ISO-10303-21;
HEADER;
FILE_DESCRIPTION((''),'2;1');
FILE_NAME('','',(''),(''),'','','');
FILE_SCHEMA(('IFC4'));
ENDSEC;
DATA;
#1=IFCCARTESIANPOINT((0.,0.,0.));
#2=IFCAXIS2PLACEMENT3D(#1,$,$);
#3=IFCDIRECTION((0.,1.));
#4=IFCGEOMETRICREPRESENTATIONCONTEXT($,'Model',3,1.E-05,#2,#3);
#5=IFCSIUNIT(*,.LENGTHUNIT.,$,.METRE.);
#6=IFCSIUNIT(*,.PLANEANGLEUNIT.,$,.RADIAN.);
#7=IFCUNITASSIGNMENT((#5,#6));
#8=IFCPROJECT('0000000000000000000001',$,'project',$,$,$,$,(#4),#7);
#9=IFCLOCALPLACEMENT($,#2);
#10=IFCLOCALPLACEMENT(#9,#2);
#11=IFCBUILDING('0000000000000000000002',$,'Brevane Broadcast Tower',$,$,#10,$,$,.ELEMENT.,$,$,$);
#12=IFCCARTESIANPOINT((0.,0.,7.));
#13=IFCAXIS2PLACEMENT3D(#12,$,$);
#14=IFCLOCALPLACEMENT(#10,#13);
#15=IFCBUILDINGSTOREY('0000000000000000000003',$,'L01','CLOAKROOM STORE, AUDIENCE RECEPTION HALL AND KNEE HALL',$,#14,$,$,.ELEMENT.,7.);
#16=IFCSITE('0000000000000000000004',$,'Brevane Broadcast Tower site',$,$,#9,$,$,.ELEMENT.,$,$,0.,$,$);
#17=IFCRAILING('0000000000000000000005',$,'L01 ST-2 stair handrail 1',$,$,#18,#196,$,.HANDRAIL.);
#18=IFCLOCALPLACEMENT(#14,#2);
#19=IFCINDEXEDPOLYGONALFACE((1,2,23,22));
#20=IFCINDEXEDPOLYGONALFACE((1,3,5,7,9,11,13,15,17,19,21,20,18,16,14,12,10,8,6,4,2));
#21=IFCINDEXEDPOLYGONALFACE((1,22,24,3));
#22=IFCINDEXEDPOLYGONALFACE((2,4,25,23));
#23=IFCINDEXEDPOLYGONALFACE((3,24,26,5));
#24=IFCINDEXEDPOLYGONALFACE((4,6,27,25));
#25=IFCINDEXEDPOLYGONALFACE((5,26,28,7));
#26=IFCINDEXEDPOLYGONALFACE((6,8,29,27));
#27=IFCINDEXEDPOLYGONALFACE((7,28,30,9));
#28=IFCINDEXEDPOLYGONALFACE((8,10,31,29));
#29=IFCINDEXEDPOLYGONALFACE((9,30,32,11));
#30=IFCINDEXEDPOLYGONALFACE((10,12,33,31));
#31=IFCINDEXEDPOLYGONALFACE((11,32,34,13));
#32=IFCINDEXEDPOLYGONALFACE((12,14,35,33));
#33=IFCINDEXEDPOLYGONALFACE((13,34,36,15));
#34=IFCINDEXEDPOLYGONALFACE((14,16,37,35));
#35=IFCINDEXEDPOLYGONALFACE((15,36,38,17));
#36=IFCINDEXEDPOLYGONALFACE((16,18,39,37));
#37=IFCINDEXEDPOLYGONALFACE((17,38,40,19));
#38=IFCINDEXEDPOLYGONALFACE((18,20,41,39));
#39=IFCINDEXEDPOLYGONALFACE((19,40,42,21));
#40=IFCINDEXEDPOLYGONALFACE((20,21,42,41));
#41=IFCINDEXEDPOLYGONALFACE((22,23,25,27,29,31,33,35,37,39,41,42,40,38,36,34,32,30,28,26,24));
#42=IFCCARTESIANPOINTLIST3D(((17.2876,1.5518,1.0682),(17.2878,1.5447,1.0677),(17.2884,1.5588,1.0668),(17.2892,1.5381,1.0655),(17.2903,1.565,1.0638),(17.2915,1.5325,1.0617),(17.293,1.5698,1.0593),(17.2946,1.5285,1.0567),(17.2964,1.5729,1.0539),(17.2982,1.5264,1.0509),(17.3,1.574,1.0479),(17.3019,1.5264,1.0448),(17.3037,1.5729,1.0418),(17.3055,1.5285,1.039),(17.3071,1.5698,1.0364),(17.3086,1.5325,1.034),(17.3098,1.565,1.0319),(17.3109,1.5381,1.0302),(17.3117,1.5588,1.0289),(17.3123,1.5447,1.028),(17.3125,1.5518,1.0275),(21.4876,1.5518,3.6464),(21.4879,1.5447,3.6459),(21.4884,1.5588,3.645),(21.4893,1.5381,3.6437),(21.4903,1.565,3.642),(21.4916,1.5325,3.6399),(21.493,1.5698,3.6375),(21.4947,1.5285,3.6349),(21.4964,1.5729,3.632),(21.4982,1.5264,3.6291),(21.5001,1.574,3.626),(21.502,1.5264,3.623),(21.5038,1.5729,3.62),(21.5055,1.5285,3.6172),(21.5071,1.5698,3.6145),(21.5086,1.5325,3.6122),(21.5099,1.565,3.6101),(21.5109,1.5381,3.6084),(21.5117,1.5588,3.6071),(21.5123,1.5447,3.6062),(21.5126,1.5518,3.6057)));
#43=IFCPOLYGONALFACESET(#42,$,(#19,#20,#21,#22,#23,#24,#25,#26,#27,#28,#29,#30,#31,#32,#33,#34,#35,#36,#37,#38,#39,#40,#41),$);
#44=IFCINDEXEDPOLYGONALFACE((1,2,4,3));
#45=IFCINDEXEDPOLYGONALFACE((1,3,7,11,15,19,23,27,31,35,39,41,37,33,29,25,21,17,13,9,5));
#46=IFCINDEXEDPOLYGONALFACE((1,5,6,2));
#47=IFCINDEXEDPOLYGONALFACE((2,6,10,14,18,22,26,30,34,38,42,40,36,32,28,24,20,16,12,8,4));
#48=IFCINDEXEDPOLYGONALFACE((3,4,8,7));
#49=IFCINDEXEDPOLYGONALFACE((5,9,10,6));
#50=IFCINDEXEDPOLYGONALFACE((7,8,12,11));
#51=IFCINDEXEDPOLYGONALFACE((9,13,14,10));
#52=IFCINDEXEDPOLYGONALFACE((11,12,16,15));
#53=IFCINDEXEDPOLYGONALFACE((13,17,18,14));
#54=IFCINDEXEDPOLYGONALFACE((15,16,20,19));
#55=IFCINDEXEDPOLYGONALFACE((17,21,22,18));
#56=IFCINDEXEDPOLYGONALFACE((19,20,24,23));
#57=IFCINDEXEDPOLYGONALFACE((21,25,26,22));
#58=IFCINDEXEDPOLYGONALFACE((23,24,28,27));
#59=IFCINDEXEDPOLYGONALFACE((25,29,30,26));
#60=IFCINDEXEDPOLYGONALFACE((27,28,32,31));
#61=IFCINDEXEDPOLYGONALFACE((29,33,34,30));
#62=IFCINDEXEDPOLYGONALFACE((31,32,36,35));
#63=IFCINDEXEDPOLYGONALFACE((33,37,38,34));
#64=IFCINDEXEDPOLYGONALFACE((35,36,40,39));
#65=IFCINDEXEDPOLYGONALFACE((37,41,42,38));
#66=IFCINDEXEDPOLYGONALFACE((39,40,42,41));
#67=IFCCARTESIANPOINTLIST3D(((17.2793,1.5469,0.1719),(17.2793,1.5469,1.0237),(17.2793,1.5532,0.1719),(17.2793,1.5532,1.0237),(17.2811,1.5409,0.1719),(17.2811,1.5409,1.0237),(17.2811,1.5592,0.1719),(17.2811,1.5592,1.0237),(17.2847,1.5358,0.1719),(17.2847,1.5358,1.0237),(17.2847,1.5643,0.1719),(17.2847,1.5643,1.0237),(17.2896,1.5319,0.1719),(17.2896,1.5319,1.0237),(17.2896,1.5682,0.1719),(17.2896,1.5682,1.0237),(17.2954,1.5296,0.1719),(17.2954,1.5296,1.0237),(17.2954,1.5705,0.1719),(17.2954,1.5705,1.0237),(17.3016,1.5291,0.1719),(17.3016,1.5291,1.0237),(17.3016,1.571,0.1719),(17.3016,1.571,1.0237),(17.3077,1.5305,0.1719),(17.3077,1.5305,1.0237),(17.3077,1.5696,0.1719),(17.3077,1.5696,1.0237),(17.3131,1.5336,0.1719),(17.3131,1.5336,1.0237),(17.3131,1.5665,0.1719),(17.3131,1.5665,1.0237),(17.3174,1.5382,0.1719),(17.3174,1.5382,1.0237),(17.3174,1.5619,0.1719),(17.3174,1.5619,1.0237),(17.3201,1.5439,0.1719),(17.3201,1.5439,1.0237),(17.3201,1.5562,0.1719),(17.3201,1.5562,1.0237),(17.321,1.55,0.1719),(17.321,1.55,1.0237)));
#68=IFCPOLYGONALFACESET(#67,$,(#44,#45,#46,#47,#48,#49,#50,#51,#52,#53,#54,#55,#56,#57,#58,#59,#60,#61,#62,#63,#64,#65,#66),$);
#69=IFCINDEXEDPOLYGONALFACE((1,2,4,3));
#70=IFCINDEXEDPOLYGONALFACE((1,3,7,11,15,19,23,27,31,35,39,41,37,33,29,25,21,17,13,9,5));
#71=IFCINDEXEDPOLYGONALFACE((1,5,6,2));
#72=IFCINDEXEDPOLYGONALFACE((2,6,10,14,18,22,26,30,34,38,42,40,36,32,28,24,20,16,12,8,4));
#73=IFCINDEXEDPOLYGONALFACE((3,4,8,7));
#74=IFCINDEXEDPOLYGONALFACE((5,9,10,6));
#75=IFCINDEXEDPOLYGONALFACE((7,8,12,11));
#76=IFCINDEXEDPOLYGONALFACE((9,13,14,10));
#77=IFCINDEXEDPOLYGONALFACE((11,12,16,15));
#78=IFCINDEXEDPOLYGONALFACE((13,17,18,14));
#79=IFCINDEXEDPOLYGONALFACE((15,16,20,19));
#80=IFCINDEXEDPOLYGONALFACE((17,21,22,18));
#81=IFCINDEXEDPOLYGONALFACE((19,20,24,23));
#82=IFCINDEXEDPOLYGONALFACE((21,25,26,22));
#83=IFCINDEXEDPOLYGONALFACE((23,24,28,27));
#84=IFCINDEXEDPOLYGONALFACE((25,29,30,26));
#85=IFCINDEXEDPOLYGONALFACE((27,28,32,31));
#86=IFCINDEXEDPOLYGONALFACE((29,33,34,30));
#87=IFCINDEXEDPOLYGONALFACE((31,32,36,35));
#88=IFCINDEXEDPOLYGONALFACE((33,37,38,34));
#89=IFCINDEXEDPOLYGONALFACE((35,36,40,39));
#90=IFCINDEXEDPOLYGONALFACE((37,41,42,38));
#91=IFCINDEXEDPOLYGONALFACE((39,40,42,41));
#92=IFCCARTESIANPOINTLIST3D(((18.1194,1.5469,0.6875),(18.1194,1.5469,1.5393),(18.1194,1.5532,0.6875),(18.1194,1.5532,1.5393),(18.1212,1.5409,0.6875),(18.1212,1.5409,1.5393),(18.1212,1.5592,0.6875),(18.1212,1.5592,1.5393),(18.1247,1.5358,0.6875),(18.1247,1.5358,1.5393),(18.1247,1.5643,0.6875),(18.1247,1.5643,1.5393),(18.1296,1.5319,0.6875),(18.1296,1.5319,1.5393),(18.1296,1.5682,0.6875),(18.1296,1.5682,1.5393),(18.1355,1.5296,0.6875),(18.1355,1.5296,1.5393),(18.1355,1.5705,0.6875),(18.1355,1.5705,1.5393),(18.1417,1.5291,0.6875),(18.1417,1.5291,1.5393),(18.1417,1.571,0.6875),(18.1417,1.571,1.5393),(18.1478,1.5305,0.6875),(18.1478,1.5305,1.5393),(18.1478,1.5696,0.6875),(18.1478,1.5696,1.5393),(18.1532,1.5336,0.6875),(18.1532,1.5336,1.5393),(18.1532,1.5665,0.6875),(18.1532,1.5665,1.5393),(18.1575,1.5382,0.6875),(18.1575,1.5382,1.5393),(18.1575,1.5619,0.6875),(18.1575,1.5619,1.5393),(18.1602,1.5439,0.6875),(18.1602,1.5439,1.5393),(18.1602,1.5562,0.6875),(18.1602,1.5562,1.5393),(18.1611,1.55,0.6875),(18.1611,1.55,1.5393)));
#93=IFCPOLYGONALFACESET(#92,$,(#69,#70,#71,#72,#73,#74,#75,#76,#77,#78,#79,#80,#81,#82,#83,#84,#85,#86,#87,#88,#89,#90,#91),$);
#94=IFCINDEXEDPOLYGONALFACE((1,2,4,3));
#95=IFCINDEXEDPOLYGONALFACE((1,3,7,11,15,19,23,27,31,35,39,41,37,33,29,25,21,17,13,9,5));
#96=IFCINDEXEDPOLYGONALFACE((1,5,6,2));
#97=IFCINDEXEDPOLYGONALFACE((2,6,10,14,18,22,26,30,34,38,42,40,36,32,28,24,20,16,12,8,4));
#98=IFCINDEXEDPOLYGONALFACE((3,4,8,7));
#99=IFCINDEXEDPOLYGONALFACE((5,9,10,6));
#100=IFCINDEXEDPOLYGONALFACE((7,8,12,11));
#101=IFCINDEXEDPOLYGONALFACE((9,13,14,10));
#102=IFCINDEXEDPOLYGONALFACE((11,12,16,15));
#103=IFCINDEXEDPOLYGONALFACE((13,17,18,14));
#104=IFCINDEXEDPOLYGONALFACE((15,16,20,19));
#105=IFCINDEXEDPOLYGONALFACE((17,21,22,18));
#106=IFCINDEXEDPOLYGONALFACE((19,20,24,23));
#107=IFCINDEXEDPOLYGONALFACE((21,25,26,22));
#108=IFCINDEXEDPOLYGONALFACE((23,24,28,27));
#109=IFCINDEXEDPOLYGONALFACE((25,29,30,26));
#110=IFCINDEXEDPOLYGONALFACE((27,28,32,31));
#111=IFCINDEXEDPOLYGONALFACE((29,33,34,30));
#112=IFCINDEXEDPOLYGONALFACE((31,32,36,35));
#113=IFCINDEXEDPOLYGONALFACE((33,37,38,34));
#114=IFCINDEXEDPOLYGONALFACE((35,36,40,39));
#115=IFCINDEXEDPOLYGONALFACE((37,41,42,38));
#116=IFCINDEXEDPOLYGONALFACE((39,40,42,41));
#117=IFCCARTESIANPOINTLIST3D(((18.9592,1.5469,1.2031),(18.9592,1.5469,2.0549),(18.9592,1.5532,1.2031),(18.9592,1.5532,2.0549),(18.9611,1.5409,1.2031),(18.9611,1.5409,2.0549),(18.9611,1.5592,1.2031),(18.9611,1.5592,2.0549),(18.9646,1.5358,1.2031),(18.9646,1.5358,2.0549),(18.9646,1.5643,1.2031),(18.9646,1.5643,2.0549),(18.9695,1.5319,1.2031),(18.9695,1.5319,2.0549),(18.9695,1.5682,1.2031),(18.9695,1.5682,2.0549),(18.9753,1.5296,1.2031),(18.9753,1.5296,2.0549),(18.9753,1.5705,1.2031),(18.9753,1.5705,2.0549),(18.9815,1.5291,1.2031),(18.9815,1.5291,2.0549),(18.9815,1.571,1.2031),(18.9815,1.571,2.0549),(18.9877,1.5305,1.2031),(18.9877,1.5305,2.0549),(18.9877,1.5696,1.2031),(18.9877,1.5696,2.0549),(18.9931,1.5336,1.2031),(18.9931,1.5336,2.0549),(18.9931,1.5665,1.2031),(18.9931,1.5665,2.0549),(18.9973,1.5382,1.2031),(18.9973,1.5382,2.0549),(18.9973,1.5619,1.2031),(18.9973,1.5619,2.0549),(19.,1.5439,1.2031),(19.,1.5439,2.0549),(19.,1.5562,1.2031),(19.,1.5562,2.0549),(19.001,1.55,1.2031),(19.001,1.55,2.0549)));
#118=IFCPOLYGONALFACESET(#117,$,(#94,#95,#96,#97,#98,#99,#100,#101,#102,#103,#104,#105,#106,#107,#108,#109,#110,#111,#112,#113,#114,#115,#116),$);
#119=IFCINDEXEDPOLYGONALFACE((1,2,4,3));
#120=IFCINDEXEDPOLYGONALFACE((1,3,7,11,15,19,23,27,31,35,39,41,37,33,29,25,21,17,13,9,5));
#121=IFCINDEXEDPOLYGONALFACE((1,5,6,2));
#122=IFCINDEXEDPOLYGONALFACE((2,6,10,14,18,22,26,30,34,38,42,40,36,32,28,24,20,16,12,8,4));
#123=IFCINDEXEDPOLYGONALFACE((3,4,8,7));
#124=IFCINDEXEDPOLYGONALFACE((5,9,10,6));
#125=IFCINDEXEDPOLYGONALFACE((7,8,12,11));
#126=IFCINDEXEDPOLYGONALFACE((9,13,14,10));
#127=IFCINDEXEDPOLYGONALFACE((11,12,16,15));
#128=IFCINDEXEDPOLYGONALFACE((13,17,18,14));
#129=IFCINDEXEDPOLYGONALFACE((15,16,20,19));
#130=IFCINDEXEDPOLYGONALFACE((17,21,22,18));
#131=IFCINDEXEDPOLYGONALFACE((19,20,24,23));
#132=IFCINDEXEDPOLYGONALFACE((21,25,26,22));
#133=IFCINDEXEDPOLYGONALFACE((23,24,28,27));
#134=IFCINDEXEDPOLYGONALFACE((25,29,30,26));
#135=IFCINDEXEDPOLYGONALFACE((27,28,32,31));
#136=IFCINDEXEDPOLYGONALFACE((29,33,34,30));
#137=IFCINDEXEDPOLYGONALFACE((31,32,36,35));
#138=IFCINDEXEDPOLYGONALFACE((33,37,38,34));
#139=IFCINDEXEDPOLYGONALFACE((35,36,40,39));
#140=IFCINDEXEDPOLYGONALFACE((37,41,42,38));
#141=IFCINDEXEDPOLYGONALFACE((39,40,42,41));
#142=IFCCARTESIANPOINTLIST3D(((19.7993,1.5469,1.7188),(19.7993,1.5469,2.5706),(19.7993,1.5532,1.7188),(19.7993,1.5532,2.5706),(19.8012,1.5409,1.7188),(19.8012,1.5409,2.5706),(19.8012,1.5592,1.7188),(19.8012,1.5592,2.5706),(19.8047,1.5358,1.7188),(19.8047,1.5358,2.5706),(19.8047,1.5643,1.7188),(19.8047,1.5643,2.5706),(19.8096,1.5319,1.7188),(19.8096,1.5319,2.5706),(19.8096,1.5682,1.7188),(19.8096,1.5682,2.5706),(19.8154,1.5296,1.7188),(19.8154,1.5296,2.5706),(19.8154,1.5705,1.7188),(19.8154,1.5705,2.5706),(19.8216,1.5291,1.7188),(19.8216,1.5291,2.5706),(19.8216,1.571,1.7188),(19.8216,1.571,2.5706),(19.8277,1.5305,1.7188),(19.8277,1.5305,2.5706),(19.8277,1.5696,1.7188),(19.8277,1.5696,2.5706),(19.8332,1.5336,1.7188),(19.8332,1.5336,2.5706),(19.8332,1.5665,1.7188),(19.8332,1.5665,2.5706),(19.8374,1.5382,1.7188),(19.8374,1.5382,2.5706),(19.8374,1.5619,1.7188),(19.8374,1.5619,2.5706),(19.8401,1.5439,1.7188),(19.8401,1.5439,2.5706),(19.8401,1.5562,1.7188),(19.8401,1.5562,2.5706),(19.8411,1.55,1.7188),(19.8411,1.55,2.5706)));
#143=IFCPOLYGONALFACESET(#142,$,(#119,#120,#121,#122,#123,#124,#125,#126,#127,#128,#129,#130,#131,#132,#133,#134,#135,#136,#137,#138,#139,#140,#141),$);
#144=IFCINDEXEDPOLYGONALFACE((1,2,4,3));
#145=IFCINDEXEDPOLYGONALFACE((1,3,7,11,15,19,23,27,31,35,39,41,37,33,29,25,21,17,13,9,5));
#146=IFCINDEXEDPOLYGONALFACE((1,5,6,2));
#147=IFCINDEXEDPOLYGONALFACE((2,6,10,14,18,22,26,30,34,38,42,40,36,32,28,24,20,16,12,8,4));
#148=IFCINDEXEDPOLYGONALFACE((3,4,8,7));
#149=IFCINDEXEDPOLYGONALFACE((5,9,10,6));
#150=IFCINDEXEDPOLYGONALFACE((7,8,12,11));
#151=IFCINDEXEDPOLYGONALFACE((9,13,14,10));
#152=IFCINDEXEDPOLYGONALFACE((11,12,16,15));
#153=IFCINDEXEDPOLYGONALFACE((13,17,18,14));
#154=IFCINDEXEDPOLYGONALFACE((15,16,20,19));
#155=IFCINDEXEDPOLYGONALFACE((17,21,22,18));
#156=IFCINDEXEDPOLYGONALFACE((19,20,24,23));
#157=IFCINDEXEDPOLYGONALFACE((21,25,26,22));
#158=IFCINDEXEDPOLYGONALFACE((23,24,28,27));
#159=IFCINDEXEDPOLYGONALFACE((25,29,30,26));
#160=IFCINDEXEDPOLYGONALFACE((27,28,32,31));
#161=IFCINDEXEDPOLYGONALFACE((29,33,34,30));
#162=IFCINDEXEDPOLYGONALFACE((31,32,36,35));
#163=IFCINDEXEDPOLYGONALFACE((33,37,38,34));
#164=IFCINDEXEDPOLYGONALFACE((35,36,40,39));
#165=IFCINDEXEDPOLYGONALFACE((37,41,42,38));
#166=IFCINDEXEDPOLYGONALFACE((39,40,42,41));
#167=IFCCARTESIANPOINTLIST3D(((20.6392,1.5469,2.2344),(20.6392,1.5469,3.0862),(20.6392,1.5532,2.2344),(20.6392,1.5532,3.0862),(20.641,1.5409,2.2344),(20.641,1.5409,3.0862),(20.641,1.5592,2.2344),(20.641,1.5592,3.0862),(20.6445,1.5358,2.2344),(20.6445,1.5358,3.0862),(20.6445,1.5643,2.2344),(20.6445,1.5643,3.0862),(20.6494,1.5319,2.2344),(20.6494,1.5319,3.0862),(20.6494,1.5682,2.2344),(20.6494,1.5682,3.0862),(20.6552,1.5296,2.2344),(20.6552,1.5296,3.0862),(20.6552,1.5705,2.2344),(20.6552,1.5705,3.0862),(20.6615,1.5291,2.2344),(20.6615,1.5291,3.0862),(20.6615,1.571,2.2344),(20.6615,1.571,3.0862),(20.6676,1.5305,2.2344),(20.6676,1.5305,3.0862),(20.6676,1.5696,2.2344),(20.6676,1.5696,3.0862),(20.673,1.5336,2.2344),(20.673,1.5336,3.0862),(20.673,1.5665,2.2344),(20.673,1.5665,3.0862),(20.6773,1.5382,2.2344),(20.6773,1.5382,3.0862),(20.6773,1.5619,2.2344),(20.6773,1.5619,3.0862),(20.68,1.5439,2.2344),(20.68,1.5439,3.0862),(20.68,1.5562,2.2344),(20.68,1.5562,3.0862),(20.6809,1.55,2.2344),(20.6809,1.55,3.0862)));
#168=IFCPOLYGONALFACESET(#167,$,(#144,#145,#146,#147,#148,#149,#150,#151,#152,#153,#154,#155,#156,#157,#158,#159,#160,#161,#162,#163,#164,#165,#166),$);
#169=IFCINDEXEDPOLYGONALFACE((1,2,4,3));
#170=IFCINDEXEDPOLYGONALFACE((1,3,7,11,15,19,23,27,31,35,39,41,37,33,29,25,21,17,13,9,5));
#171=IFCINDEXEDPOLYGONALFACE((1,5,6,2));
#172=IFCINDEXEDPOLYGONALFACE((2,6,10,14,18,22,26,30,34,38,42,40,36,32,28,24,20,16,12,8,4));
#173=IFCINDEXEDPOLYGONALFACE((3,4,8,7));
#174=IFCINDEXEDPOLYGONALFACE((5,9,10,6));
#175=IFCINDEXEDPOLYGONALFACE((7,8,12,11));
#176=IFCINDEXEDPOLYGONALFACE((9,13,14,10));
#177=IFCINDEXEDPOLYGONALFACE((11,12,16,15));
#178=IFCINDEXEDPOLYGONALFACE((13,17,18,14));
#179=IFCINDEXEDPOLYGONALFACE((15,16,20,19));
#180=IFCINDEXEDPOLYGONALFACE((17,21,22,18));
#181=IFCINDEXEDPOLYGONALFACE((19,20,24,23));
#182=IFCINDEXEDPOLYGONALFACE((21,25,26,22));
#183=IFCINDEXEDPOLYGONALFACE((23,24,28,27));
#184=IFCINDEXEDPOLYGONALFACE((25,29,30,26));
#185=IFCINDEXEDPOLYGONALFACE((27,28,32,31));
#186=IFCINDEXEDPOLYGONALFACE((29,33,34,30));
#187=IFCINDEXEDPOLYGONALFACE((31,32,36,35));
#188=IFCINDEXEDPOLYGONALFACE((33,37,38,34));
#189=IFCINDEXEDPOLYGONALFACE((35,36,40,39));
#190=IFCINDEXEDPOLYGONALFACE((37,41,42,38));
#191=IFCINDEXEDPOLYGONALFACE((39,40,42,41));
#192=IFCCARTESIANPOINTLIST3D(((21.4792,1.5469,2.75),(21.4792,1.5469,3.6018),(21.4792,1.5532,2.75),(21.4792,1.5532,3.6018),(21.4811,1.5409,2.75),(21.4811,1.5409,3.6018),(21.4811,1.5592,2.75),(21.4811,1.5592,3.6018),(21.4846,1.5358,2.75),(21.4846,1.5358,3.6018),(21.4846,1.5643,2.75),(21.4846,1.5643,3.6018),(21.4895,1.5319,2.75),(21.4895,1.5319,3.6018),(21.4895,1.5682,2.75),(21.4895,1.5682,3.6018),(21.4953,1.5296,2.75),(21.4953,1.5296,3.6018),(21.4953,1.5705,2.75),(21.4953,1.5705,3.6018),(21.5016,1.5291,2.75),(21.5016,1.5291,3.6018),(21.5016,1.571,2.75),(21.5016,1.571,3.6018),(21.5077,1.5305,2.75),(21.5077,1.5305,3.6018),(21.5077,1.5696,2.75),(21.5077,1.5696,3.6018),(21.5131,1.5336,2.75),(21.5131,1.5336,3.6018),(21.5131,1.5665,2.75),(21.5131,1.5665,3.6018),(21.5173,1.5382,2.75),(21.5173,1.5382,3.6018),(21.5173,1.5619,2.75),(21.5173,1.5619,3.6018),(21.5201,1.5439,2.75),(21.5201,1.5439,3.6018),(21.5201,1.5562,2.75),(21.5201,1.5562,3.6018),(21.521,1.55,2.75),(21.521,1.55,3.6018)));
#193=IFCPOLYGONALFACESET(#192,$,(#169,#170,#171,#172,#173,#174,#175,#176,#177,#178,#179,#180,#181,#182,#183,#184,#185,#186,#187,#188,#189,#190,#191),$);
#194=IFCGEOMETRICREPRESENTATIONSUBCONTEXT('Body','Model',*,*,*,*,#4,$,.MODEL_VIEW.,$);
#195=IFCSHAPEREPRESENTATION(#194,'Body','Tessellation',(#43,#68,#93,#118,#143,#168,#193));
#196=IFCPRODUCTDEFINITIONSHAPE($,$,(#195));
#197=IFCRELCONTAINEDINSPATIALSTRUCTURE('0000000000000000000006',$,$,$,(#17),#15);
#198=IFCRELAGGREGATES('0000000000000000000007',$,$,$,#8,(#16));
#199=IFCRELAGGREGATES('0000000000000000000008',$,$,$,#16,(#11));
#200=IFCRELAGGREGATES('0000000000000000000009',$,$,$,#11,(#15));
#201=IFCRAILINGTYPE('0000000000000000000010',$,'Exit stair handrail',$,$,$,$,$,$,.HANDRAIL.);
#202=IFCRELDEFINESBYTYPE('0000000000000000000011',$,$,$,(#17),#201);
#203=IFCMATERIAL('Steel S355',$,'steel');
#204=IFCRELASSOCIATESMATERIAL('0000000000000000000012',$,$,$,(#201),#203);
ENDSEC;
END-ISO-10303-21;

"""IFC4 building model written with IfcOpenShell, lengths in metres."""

from ifc_helpers import new_model, si_unit, direction, frame, origin, origin_2d, place, context, subcontext, project, spatial, circle, extrude, material, type_object, element, save


model = new_model("IFC4")

# Units and contexts
model_context = context("Model", 3, precision=1e-05, world=origin(), true_north=direction((0.0, 1.0)))
body_context = subcontext(model_context, "Body", "Model", "MODEL_VIEW")
ifc_project = project(units=[si_unit("LENGTHUNIT", "METRE"), si_unit("PLANEANGLEUNIT", "RADIAN")], contexts=[model_context])

# Site, building, storey
site_placement = place(None, origin())
site = spatial("IfcSite", under=ifc_project, at=site_placement, Name="Brevane Broadcast Tower site", CompositionType="ELEMENT", RefElevation=0.0)
building_placement = place(site_placement, origin())
building = spatial("IfcBuilding", under=site, at=building_placement, Name="Brevane Broadcast Tower", CompositionType="ELEMENT")
storey_placement = place(building_placement, frame((0.0, 0.0, 7.0)))
storey = spatial("IfcBuildingStorey", under=building, at=storey_placement, Name="L01", Description="CLOAKROOM STORE, AUDIENCE RECEPTION HALL AND KNEE HALL", CompositionType="ELEMENT", Elevation=7.0)

# Railing
ifc_material_1 = material(Name="Steel S355", Category="steel")
railing_type_1 = type_object("IfcRailingType", Name="Exit stair handrail", PredefinedType="HANDRAIL", material=ifc_material_1)
railing_1_placement = place(storey_placement, frame((17.3, 1.55, 0.1719)))
element("IfcRailing", 1, at=railing_1_placement, inside=storey, type_object=railing_type_1, Name="L01 ST-2 stair handrail 1", PredefinedType="HANDRAIL", context=body_context, shape_type="SweptSolid", body=[
    extrude(circle(Radius=0.0239, at=origin_2d()), frame((0.0, 0.0, 0.876), z_axis=(0.852243, 0.0, 0.523146), x_axis=(0.0, 1.0, 0.0)), (0.0, 0.0, 1.0), 4.9282),
    extrude(circle(Radius=0.021, at=origin_2d()), origin(), (0.0, 0.0, 1.0), 0.8518),
    extrude(circle(Radius=0.021, at=origin_2d()), frame((0.8401, 0.0, 0.5156)), (0.0, 0.0, 1.0), 0.8518),
    extrude(circle(Radius=0.021, at=origin_2d()), frame((1.6799, 0.0, 1.0312)), (0.0, 0.0, 1.0), 0.8518),
    extrude(circle(Radius=0.021, at=origin_2d()), frame((2.52, 0.0, 1.5469)), (0.0, 0.0, 1.0), 0.8518),
    extrude(circle(Radius=0.021, at=origin_2d()), frame((3.3599, 0.0, 2.0625)), (0.0, 0.0, 1.0), 0.8518),
    extrude(circle(Radius=0.021, at=origin_2d()), frame((4.2, 0.0, 2.5781)), (0.0, 0.0, 1.0), 0.8518),
])

save(model, "model.ifc")
